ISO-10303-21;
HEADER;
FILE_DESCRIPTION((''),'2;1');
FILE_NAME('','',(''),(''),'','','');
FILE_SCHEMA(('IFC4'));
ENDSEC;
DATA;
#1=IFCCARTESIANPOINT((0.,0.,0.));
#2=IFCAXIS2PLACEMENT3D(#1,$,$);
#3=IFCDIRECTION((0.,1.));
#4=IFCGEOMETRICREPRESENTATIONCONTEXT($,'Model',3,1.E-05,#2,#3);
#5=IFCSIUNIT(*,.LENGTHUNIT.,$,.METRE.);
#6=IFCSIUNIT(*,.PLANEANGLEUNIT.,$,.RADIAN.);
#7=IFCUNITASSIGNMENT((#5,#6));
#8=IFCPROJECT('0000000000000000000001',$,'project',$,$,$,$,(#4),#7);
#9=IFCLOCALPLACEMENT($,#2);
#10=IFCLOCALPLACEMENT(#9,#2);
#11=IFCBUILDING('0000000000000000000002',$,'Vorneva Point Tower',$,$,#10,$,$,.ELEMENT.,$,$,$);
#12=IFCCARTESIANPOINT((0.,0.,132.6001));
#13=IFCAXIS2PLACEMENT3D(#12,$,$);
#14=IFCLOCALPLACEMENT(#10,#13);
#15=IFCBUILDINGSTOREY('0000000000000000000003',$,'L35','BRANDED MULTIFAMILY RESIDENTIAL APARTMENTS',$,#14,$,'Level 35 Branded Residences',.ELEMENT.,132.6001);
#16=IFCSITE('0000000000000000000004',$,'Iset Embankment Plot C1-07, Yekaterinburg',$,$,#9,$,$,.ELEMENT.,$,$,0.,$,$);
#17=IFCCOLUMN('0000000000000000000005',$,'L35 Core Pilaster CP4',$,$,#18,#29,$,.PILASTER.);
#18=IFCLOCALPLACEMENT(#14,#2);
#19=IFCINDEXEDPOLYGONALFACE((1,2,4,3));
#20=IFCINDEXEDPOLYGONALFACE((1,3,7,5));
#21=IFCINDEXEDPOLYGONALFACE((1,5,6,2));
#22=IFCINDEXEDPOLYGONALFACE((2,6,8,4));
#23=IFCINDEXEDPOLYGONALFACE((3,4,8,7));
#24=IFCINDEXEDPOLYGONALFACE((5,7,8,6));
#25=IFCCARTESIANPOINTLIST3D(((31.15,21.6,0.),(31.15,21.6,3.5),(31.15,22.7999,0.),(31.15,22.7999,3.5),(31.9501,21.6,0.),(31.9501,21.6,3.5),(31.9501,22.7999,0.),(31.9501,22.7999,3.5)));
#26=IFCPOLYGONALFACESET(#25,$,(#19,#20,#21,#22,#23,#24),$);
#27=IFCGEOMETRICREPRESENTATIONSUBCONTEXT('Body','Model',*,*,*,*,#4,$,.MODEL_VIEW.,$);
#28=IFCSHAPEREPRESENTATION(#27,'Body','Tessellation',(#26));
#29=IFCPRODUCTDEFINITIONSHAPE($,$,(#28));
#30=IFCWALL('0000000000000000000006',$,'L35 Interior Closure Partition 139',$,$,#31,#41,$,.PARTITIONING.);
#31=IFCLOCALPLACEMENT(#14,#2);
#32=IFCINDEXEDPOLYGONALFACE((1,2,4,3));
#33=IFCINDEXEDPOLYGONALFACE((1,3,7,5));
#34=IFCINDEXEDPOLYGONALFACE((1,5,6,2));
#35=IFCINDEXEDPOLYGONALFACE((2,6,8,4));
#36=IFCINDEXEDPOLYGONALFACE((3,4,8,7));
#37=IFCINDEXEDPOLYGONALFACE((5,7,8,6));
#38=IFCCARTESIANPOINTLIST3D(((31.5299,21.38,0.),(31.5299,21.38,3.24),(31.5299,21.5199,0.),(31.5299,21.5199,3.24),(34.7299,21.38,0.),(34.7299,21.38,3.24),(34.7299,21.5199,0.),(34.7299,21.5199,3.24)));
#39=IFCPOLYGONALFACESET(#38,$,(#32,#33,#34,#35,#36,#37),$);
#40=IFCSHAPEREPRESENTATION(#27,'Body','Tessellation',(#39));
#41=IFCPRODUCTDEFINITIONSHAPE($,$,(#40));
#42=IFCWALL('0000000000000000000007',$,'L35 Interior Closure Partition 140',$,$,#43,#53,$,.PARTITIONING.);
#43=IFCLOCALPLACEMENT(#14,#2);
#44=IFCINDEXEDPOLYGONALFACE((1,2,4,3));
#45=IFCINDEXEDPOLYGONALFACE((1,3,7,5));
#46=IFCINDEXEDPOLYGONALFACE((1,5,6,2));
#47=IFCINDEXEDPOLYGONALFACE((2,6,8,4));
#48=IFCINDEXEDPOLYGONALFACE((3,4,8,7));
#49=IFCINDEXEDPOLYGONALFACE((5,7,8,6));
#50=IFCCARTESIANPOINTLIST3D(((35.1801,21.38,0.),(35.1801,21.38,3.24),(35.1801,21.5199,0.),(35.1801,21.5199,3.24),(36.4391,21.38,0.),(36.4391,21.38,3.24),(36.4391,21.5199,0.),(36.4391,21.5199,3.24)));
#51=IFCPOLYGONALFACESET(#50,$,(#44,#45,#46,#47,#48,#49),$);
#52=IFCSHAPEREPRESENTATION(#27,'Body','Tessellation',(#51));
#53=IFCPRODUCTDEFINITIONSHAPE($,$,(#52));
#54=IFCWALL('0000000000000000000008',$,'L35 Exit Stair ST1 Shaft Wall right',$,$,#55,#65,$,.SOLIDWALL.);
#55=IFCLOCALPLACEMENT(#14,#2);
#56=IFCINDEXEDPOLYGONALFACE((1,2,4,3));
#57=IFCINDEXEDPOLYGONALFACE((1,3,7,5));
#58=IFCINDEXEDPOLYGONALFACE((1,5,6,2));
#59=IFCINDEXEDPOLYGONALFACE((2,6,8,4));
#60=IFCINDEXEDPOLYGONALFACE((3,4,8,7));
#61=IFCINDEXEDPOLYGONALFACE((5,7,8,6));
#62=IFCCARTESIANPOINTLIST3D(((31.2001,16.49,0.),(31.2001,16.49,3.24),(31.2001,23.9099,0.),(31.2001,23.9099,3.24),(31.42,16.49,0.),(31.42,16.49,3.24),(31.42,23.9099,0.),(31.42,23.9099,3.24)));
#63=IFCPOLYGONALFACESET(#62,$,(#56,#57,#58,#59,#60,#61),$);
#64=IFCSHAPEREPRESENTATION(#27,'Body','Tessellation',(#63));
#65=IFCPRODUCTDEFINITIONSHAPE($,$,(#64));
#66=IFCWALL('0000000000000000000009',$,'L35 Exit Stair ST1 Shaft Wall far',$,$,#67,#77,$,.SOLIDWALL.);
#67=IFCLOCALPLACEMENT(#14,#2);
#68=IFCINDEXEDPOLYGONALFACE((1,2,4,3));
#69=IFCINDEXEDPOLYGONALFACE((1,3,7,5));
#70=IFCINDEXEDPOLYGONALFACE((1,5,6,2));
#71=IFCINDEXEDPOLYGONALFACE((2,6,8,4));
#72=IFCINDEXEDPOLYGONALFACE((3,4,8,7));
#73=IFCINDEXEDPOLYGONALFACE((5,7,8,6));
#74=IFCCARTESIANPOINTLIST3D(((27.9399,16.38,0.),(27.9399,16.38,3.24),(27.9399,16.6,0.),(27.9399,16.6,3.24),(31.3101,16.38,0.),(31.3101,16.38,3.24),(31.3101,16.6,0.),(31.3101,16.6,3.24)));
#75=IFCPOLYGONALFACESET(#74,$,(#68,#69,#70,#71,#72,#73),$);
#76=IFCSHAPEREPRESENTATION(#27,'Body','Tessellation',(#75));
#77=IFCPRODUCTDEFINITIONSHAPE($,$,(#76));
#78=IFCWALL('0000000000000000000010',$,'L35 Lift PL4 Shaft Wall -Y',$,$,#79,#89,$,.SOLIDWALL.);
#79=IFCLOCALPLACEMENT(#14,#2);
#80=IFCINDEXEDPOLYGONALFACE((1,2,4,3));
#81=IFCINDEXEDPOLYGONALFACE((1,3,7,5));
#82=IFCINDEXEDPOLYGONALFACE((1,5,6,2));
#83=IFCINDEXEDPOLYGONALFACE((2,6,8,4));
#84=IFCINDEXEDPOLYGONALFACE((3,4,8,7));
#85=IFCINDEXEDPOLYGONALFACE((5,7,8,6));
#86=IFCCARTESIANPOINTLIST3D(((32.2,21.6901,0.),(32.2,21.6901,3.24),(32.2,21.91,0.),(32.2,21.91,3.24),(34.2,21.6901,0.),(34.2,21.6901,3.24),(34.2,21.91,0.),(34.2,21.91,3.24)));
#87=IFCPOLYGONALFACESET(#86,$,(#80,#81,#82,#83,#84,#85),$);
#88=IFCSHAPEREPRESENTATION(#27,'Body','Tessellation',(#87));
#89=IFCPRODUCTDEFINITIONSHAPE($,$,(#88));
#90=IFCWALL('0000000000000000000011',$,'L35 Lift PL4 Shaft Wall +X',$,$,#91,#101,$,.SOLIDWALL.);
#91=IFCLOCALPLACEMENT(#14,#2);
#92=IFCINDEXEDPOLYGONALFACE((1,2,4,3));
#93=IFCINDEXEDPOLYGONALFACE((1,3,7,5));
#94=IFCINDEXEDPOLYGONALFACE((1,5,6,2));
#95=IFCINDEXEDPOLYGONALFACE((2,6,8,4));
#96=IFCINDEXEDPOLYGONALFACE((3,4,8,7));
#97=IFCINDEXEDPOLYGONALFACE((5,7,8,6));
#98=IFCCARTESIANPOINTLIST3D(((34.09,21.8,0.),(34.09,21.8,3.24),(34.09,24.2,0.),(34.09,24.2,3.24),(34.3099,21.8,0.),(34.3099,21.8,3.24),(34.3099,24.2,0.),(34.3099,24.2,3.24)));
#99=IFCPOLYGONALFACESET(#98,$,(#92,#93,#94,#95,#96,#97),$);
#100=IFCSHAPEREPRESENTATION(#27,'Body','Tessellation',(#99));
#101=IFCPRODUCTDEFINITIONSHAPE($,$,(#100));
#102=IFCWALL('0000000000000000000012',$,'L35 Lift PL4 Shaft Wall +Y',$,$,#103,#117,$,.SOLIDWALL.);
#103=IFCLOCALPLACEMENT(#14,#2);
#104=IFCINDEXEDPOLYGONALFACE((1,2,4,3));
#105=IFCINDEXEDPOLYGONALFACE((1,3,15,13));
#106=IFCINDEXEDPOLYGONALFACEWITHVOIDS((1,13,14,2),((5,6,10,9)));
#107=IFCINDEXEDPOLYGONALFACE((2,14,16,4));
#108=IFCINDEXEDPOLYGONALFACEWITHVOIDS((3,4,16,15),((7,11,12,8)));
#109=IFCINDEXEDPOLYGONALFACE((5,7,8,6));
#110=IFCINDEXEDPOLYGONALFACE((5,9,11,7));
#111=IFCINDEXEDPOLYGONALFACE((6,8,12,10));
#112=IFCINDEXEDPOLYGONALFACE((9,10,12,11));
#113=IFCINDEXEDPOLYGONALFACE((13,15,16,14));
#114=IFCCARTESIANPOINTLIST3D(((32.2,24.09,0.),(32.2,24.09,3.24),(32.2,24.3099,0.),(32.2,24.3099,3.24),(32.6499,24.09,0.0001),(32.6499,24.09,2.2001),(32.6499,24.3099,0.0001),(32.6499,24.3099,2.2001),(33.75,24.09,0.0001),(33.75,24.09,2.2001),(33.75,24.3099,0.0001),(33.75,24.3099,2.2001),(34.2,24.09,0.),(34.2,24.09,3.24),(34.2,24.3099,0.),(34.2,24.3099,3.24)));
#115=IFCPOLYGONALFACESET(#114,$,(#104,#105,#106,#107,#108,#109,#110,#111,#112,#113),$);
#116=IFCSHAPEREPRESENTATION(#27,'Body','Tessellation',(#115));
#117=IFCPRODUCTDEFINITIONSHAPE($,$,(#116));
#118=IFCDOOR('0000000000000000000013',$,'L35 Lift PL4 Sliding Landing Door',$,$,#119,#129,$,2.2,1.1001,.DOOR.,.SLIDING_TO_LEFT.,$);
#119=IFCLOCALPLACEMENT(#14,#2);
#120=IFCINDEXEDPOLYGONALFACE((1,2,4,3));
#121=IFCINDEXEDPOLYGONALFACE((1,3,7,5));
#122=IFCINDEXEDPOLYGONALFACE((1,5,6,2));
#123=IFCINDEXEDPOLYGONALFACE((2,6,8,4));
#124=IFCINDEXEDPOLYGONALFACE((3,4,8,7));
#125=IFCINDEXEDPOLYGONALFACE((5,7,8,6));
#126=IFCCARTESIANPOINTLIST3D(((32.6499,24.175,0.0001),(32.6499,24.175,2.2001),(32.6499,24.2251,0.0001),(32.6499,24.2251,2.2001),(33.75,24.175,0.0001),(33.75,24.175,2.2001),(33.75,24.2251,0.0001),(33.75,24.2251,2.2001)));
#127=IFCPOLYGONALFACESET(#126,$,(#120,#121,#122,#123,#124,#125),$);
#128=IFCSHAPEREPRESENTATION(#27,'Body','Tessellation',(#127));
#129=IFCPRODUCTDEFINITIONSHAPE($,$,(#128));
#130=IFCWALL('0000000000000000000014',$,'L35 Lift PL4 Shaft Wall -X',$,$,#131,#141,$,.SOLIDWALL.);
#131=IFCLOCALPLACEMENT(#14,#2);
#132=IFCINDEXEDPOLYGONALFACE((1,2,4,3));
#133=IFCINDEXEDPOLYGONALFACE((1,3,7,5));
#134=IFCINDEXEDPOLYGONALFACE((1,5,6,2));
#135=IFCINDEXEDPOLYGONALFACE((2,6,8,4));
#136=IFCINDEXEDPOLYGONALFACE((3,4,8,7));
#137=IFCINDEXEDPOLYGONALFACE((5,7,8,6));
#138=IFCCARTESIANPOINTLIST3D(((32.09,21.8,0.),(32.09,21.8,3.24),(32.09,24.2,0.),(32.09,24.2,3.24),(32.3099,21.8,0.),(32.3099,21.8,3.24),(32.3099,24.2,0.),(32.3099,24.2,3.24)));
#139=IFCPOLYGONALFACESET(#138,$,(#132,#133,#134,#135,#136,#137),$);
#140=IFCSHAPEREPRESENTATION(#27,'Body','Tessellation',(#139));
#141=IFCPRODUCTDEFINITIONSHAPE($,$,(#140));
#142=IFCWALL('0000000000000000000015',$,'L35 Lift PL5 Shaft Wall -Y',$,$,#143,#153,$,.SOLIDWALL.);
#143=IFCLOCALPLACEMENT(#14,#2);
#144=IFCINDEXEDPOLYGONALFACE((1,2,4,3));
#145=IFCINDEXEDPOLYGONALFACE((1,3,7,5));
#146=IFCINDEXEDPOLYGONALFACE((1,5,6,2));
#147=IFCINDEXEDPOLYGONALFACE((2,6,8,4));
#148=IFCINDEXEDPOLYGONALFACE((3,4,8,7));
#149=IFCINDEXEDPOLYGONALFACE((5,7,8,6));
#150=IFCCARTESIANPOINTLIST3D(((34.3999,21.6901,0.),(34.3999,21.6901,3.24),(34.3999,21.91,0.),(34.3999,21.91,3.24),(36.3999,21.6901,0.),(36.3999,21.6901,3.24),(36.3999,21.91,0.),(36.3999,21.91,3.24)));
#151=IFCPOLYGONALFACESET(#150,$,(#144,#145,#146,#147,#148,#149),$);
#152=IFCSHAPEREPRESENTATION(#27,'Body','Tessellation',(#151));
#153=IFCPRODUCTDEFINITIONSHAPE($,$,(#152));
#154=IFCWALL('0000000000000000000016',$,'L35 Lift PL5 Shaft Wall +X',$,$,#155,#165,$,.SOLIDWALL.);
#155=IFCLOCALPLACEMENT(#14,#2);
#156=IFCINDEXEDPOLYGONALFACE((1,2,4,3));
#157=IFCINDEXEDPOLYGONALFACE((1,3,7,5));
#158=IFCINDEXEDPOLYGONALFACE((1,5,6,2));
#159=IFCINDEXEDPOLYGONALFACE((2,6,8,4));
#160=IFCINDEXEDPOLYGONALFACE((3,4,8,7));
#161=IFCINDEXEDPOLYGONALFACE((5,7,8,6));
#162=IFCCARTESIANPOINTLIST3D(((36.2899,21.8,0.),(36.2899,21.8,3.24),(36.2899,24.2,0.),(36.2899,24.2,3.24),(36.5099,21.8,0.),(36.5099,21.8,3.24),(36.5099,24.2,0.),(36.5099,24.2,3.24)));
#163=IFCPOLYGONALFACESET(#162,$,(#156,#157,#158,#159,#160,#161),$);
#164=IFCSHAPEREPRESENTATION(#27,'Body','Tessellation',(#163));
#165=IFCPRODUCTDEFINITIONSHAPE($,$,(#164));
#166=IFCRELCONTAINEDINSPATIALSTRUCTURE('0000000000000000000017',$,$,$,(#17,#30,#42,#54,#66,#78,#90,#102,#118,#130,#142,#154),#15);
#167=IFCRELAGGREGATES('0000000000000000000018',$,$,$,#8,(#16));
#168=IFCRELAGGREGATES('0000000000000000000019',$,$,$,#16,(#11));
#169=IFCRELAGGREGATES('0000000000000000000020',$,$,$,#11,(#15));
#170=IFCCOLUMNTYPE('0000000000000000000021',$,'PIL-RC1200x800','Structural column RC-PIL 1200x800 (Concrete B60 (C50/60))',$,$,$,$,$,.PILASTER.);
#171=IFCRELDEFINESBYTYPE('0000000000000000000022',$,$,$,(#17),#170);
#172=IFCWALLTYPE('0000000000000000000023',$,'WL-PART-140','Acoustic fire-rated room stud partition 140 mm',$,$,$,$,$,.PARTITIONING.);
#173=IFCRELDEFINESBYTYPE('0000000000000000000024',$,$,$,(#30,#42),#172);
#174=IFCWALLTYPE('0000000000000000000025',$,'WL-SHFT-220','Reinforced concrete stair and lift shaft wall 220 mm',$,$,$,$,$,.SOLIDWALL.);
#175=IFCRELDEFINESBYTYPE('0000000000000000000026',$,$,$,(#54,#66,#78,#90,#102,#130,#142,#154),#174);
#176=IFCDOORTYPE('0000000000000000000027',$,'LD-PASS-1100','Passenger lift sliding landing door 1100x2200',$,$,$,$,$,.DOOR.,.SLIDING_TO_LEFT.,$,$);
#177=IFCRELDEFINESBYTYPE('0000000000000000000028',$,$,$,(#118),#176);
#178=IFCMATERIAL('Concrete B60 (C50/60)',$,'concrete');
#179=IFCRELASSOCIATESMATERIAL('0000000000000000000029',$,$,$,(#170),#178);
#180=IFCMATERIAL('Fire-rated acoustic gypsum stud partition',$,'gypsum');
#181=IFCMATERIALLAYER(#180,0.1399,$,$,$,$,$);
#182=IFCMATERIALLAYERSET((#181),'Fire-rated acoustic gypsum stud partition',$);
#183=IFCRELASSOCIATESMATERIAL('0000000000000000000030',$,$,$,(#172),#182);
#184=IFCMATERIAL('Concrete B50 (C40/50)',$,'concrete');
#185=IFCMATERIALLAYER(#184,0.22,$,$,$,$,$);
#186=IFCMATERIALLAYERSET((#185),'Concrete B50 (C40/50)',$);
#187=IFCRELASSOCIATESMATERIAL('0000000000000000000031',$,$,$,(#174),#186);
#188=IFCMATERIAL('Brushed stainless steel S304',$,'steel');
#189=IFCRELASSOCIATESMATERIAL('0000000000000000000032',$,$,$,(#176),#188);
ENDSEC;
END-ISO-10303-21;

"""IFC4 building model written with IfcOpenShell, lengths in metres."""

from ifc_helpers import new_model, si_unit, direction, frame, frame_2d, origin, origin_2d, place, context, subcontext, project, spatial, rectangle, extrude, material, layer, layer_set, material_profile, profile_set, type_object, element, fill, save


model = new_model("IFC4")

# Units and contexts
model_context = context("Model", 3, precision=1e-05, world=origin(), true_north=direction((0.0, 1.0)))
body_context = subcontext(model_context, "Body", "Model", "MODEL_VIEW")
ifc_project = project(units=[si_unit("LENGTHUNIT", "METRE"), si_unit("PLANEANGLEUNIT", "RADIAN")], contexts=[model_context])

# Site, building, storey
site_placement = place(None, origin())
site = spatial("IfcSite", under=ifc_project, at=site_placement, Name="Iset Embankment Plot C1-07, Yekaterinburg", CompositionType="ELEMENT", RefElevation=0.0)
building_placement = place(site_placement, origin())
building = spatial("IfcBuilding", under=site, at=building_placement, Name="Vorneva Point Tower", CompositionType="ELEMENT")
storey_placement = place(building_placement, frame((0.0, 0.0, 132.6001)))
storey = spatial("IfcBuildingStorey", under=building, at=storey_placement, Name="L35", Description="BRANDED MULTIFAMILY RESIDENTIAL APARTMENTS", LongName="Level 35 Branded Residences", CompositionType="ELEMENT", Elevation=132.6001)

# Column
ifc_material_1 = material(Name="Concrete B60 (C50/60)", Category="concrete")
ifc_material_profile = material_profile(ifc_material_1, rectangle(XDim=0.8, YDim=1.2, at=origin_2d()), Name="RC-PIL 1200x800")
ifc_profile_set = profile_set([ifc_material_profile], Name="Concrete B60 (C50/60)")
column_type = type_object("IfcColumnType", Name="PIL-RC1200x800", Description="Structural column RC-PIL 1200x800 (Concrete B60 (C50/60))", PredefinedType="PILASTER", material=ifc_profile_set)
column_placement = place(storey_placement, frame((31.55, 22.2, 0.0), z_axis=(0.0, 0.0, 1.0), x_axis=(1.0, 0.0, 0.0)))
element("IfcColumn", 1, at=column_placement, inside=storey, type_object=column_type, Name="L35 Core Pilaster CP4", PredefinedType="PILASTER", context=body_context, shape_type="SweptSolid", body=[
    extrude(rectangle(XDim=0.8, YDim=1.2, at=origin_2d()), origin(), (0.0, 0.0, 1.0), 3.5),
])

# Walls
ifc_material_2 = material(Name="Fire-rated acoustic gypsum stud partition", Category="gypsum")
ifc_layer_1 = layer(ifc_material_2, 0.1399)
ifc_layer_set_1 = layer_set([ifc_layer_1], Name="Fire-rated acoustic gypsum stud partition")
wall_type_1 = type_object("IfcWallType", Name="WL-PART-140", Description="Acoustic fire-rated room stud partition 140 mm", PredefinedType="PARTITIONING", material=ifc_layer_set_1)
wall_1_placement = place(storey_placement, frame((34.73, 21.45, 0.0), z_axis=(0.0, 0.0, 1.0), x_axis=(-1.0, 0.0, 0.0)))
element("IfcWall", 2, at=wall_1_placement, inside=storey, type_object=wall_type_1, Name="L35 Interior Closure Partition 139", PredefinedType="PARTITIONING", context=body_context, shape_type="SweptSolid", body=[
    extrude(rectangle(XDim=3.2, YDim=0.1399, at=frame_2d((1.6001, 0.0))), origin(), (0.0, 0.0, 1.0), 3.24),
])
wall_2_placement = place(storey_placement, frame((36.439, 21.45, 0.0), z_axis=(0.0, 0.0, 1.0), x_axis=(-1.0, 0.0, 0.0)))
element("IfcWall", 3, at=wall_2_placement, inside=storey, type_object=wall_type_1, Name="L35 Interior Closure Partition 140", PredefinedType="PARTITIONING", context=body_context, shape_type="SweptSolid", body=[
    extrude(rectangle(XDim=1.259, YDim=0.1399, at=frame_2d((0.6294, 0.0))), origin(), (0.0, 0.0, 1.0), 3.24),
])

# Shared definitions
ifc_material_3 = material(Name="Concrete B50 (C40/50)", Category="concrete")
ifc_layer_2 = layer(ifc_material_3, 0.22)
ifc_layer_set_2 = layer_set([ifc_layer_2], Name="Concrete B50 (C40/50)")
wall_type_2 = type_object("IfcWallType", Name="WL-SHFT-220", Description="Reinforced concrete stair and lift shaft wall 220 mm", PredefinedType="SOLIDWALL", material=ifc_layer_set_2)

# Walls
wall_3_placement = place(storey_placement, frame((31.3101, 23.9099, 0.0), z_axis=(0.0, 0.0, 1.0), x_axis=(0.0, -1.0, 0.0)))
element("IfcWall", 4, at=wall_3_placement, inside=storey, type_object=wall_type_2, Name="L35 Exit Stair ST1 Shaft Wall right", PredefinedType="SOLIDWALL", context=body_context, shape_type="SweptSolid", body=[
    extrude(rectangle(XDim=7.4199, YDim=0.22, at=frame_2d((3.71, 0.0))), origin(), (0.0, 0.0, 1.0), 3.24),
])
wall_4_placement = place(storey_placement, frame((31.3101, 16.49, 0.0), z_axis=(0.0, 0.0, 1.0), x_axis=(-1.0, 0.0, 0.0)))
element("IfcWall", 5, at=wall_4_placement, inside=storey, type_object=wall_type_2, Name="L35 Exit Stair ST1 Shaft Wall far", PredefinedType="SOLIDWALL", context=body_context, shape_type="SweptSolid", body=[
    extrude(rectangle(XDim=3.3701, YDim=0.22, at=frame_2d((1.6851, 0.0))), origin(), (0.0, 0.0, 1.0), 3.24),
])
wall_5_placement = place(storey_placement, frame((32.2, 21.8, 0.0), z_axis=(0.0, 0.0, 1.0), x_axis=(1.0, 0.0, 0.0)))
element("IfcWall", 6, at=wall_5_placement, inside=storey, type_object=wall_type_2, Name="L35 Lift PL4 Shaft Wall -Y", PredefinedType="SOLIDWALL", context=body_context, shape_type="SweptSolid", body=[
    extrude(rectangle(XDim=2.0, YDim=0.22, at=frame_2d((1.0, 0.0))), origin(), (0.0, 0.0, 1.0), 3.24),
])
wall_6_placement = place(storey_placement, frame((34.2, 21.8, 0.0), z_axis=(0.0, 0.0, 1.0), x_axis=(0.0, 1.0, 0.0)))
element("IfcWall", 7, at=wall_6_placement, inside=storey, type_object=wall_type_2, Name="L35 Lift PL4 Shaft Wall +X", PredefinedType="SOLIDWALL", context=body_context, shape_type="SweptSolid", body=[
    extrude(rectangle(XDim=2.3999, YDim=0.22, at=frame_2d((1.2, 0.0))), origin(), (0.0, 0.0, 1.0), 3.24),
])

# Wall, opening, door
wall_7_placement = place(storey_placement, frame((34.2, 24.2, 0.0), z_axis=(0.0, 0.0, 1.0), x_axis=(-1.0, 0.0, 0.0)))
wall_7 = element("IfcWall", 8, at=wall_7_placement, inside=storey, type_object=wall_type_2, Name="L35 Lift PL4 Shaft Wall +Y", PredefinedType="SOLIDWALL", context=body_context, shape_type="SweptSolid", body=[
    extrude(rectangle(XDim=2.0, YDim=0.22, at=frame_2d((1.0, 0.0))), origin(), (0.0, 0.0, 1.0), 3.24),
])
opening_1_placement = place(wall_7_placement, frame((0.45, 0.0, 0.0)))
opening_1 = element("IfcOpeningElement", 9, at=opening_1_placement, cuts=wall_7, PredefinedType="OPENING", context=body_context, shape_type="SweptSolid", body=[
    extrude(rectangle(XDim=1.1001, YDim=2.2, at=frame_2d((0.55, 1.1001))), frame((0.0, 0.125, 0.0), z_axis=(0.0, -1.0, 0.0), x_axis=(1.0, 0.0, 0.0)), (0.0, 0.0, 1.0), 0.2498),
])
ifc_material_4 = material(Name="Brushed stainless steel S304", Category="steel")
door_type_1 = type_object("IfcDoorType", Name="LD-PASS-1100", Description="Passenger lift sliding landing door 1100x2200", OperationType="SLIDING_TO_LEFT", PredefinedType="DOOR", material=ifc_material_4)
door_1_placement = place(opening_1_placement, origin())
door_1 = element("IfcDoor", 10, at=door_1_placement, inside=storey, type_object=door_type_1, Name="L35 Lift PL4 Sliding Landing Door", OperationType="SLIDING_TO_LEFT", OverallHeight=2.2, OverallWidth=1.1001, PredefinedType="DOOR", context=body_context, shape_type="SweptSolid", body=[
    extrude(rectangle(XDim=1.1001, YDim=2.2, at=frame_2d((0.55, 1.1001))), frame((0.0, 0.0249, 0.0), z_axis=(0.0, -1.0, 0.0), x_axis=(1.0, 0.0, 0.0)), (0.0, 0.0, 1.0), 0.05),
])
fill(opening_1, door_1)

# Walls
wall_8_placement = place(storey_placement, frame((32.2, 24.2, 0.0), z_axis=(0.0, 0.0, 1.0), x_axis=(0.0, -1.0, 0.0)))
element("IfcWall", 11, at=wall_8_placement, inside=storey, type_object=wall_type_2, Name="L35 Lift PL4 Shaft Wall -X", PredefinedType="SOLIDWALL", context=body_context, shape_type="SweptSolid", body=[
    extrude(rectangle(XDim=2.3999, YDim=0.22, at=frame_2d((1.2, 0.0))), origin(), (0.0, 0.0, 1.0), 3.24),
])
wall_9_placement = place(storey_placement, frame((34.3999, 21.8, 0.0), z_axis=(0.0, 0.0, 1.0), x_axis=(1.0, 0.0, 0.0)))
element("IfcWall", 12, at=wall_9_placement, inside=storey, type_object=wall_type_2, Name="L35 Lift PL5 Shaft Wall -Y", PredefinedType="SOLIDWALL", context=body_context, shape_type="SweptSolid", body=[
    extrude(rectangle(XDim=2.0, YDim=0.22, at=frame_2d((1.0, 0.0))), origin(), (0.0, 0.0, 1.0), 3.24),
])
wall_10_placement = place(storey_placement, frame((36.3999, 21.8, 0.0), z_axis=(0.0, 0.0, 1.0), x_axis=(0.0, 1.0, 0.0)))
element("IfcWall", 13, at=wall_10_placement, inside=storey, type_object=wall_type_2, Name="L35 Lift PL5 Shaft Wall +X", PredefinedType="SOLIDWALL", context=body_context, shape_type="SweptSolid", body=[
    extrude(rectangle(XDim=2.3999, YDim=0.22, at=frame_2d((1.2, 0.0))), origin(), (0.0, 0.0, 1.0), 3.24),
])

save(model, "model.ifc")
